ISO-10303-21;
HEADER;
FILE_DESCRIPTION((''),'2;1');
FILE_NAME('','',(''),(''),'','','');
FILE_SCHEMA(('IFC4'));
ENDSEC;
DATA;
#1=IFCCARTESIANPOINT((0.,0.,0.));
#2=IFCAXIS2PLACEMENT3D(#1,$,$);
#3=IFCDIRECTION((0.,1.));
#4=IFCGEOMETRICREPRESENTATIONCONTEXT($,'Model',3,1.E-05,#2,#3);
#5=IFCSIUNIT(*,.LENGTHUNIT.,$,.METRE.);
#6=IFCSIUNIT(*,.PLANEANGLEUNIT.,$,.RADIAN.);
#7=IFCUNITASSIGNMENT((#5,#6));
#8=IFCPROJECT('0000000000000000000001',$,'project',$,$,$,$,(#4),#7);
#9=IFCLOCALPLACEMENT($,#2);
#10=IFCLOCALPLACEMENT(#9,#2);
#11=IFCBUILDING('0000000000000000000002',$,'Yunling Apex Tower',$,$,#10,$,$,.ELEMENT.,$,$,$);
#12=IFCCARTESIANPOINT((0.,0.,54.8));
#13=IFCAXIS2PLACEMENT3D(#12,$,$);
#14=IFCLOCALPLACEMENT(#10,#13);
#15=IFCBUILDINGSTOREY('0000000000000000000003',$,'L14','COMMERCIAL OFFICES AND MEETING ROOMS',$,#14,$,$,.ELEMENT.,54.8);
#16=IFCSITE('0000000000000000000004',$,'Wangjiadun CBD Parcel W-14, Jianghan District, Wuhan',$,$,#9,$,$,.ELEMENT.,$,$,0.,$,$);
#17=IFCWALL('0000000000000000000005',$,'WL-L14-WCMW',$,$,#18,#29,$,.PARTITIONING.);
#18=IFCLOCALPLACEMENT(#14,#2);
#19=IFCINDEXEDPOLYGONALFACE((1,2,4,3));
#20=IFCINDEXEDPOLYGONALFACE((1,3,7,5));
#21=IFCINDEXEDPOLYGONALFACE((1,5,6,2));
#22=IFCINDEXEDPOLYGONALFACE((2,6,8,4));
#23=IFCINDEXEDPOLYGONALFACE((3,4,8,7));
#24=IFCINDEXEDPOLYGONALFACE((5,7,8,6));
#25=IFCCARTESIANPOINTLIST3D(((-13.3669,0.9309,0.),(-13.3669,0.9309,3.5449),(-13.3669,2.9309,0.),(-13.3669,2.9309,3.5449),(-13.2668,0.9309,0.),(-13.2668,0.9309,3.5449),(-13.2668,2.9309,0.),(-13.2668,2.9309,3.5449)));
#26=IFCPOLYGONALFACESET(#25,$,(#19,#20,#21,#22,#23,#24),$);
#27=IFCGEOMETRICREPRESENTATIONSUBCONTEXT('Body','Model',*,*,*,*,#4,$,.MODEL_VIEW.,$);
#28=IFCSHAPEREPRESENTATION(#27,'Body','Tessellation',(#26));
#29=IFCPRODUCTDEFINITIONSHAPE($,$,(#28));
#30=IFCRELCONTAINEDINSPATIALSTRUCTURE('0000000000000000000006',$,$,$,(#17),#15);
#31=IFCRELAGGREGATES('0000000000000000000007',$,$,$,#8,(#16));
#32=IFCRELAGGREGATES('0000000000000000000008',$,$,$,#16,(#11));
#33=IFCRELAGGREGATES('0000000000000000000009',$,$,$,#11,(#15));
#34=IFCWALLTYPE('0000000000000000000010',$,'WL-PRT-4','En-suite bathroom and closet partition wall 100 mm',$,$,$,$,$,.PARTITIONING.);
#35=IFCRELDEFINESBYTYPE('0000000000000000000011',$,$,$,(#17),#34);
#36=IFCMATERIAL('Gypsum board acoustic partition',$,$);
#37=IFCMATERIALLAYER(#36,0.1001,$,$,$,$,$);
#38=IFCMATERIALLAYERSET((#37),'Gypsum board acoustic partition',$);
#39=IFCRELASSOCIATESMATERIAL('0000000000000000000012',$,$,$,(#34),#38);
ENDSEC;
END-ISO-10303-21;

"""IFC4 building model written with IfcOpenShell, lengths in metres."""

from ifc_helpers import new_model, si_unit, direction, frame, frame_2d, origin, place, context, subcontext, project, spatial, rectangle, extrude, material, layer, layer_set, type_object, element, save


model = new_model("IFC4")

# Units and contexts
model_context = context("Model", 3, precision=1e-05, world=origin(), true_north=direction((0.0, 1.0)))
body_context = subcontext(model_context, "Body", "Model", "MODEL_VIEW")
ifc_project = project(units=[si_unit("LENGTHUNIT", "METRE"), si_unit("PLANEANGLEUNIT", "RADIAN")], contexts=[model_context])

# Site, building, storey
site_placement = place(None, origin())
site = spatial("IfcSite", under=ifc_project, at=site_placement, Name="Wangjiadun CBD Parcel W-14, Jianghan District, Wuhan", CompositionType="ELEMENT", RefElevation=0.0)
building_placement = place(site_placement, origin())
building = spatial("IfcBuilding", under=site, at=building_placement, Name="Yunling Apex Tower", CompositionType="ELEMENT")
storey_placement = place(building_placement, frame((0.0, 0.0, 54.8)))
storey = spatial("IfcBuildingStorey", under=building, at=storey_placement, Name="L14", Description="COMMERCIAL OFFICES AND MEETING ROOMS", CompositionType="ELEMENT", Elevation=54.8)

# Shared definitions
ifc_material_1 = material(Name="Gypsum board acoustic partition")

# Wall
ifc_layer_1 = layer(ifc_material_1, 0.1001)
ifc_layer_set_1 = layer_set([ifc_layer_1], Name="Gypsum board acoustic partition")
wall_type_1 = type_object("IfcWallType", Name="WL-PRT-4", Description="En-suite bathroom and closet partition wall 100 mm", PredefinedType="PARTITIONING", material=ifc_layer_set_1)
wall_1_placement = place(storey_placement, frame((-13.3169, 0.9309, 0.0), z_axis=(0.0, 0.0, 1.0), x_axis=(0.0, 1.0, 0.0)))
element("IfcWall", 1, at=wall_1_placement, inside=storey, type_object=wall_type_1, Name="WL-L14-WCMW", PredefinedType="PARTITIONING", context=body_context, shape_type="SweptSolid", body=[
    extrude(rectangle(XDim=2.0, YDim=0.1001, at=frame_2d((1.0, 0.0))), origin(), (0.0, 0.0, 1.0), 3.5449),
])

save(model, "model.ifc")
